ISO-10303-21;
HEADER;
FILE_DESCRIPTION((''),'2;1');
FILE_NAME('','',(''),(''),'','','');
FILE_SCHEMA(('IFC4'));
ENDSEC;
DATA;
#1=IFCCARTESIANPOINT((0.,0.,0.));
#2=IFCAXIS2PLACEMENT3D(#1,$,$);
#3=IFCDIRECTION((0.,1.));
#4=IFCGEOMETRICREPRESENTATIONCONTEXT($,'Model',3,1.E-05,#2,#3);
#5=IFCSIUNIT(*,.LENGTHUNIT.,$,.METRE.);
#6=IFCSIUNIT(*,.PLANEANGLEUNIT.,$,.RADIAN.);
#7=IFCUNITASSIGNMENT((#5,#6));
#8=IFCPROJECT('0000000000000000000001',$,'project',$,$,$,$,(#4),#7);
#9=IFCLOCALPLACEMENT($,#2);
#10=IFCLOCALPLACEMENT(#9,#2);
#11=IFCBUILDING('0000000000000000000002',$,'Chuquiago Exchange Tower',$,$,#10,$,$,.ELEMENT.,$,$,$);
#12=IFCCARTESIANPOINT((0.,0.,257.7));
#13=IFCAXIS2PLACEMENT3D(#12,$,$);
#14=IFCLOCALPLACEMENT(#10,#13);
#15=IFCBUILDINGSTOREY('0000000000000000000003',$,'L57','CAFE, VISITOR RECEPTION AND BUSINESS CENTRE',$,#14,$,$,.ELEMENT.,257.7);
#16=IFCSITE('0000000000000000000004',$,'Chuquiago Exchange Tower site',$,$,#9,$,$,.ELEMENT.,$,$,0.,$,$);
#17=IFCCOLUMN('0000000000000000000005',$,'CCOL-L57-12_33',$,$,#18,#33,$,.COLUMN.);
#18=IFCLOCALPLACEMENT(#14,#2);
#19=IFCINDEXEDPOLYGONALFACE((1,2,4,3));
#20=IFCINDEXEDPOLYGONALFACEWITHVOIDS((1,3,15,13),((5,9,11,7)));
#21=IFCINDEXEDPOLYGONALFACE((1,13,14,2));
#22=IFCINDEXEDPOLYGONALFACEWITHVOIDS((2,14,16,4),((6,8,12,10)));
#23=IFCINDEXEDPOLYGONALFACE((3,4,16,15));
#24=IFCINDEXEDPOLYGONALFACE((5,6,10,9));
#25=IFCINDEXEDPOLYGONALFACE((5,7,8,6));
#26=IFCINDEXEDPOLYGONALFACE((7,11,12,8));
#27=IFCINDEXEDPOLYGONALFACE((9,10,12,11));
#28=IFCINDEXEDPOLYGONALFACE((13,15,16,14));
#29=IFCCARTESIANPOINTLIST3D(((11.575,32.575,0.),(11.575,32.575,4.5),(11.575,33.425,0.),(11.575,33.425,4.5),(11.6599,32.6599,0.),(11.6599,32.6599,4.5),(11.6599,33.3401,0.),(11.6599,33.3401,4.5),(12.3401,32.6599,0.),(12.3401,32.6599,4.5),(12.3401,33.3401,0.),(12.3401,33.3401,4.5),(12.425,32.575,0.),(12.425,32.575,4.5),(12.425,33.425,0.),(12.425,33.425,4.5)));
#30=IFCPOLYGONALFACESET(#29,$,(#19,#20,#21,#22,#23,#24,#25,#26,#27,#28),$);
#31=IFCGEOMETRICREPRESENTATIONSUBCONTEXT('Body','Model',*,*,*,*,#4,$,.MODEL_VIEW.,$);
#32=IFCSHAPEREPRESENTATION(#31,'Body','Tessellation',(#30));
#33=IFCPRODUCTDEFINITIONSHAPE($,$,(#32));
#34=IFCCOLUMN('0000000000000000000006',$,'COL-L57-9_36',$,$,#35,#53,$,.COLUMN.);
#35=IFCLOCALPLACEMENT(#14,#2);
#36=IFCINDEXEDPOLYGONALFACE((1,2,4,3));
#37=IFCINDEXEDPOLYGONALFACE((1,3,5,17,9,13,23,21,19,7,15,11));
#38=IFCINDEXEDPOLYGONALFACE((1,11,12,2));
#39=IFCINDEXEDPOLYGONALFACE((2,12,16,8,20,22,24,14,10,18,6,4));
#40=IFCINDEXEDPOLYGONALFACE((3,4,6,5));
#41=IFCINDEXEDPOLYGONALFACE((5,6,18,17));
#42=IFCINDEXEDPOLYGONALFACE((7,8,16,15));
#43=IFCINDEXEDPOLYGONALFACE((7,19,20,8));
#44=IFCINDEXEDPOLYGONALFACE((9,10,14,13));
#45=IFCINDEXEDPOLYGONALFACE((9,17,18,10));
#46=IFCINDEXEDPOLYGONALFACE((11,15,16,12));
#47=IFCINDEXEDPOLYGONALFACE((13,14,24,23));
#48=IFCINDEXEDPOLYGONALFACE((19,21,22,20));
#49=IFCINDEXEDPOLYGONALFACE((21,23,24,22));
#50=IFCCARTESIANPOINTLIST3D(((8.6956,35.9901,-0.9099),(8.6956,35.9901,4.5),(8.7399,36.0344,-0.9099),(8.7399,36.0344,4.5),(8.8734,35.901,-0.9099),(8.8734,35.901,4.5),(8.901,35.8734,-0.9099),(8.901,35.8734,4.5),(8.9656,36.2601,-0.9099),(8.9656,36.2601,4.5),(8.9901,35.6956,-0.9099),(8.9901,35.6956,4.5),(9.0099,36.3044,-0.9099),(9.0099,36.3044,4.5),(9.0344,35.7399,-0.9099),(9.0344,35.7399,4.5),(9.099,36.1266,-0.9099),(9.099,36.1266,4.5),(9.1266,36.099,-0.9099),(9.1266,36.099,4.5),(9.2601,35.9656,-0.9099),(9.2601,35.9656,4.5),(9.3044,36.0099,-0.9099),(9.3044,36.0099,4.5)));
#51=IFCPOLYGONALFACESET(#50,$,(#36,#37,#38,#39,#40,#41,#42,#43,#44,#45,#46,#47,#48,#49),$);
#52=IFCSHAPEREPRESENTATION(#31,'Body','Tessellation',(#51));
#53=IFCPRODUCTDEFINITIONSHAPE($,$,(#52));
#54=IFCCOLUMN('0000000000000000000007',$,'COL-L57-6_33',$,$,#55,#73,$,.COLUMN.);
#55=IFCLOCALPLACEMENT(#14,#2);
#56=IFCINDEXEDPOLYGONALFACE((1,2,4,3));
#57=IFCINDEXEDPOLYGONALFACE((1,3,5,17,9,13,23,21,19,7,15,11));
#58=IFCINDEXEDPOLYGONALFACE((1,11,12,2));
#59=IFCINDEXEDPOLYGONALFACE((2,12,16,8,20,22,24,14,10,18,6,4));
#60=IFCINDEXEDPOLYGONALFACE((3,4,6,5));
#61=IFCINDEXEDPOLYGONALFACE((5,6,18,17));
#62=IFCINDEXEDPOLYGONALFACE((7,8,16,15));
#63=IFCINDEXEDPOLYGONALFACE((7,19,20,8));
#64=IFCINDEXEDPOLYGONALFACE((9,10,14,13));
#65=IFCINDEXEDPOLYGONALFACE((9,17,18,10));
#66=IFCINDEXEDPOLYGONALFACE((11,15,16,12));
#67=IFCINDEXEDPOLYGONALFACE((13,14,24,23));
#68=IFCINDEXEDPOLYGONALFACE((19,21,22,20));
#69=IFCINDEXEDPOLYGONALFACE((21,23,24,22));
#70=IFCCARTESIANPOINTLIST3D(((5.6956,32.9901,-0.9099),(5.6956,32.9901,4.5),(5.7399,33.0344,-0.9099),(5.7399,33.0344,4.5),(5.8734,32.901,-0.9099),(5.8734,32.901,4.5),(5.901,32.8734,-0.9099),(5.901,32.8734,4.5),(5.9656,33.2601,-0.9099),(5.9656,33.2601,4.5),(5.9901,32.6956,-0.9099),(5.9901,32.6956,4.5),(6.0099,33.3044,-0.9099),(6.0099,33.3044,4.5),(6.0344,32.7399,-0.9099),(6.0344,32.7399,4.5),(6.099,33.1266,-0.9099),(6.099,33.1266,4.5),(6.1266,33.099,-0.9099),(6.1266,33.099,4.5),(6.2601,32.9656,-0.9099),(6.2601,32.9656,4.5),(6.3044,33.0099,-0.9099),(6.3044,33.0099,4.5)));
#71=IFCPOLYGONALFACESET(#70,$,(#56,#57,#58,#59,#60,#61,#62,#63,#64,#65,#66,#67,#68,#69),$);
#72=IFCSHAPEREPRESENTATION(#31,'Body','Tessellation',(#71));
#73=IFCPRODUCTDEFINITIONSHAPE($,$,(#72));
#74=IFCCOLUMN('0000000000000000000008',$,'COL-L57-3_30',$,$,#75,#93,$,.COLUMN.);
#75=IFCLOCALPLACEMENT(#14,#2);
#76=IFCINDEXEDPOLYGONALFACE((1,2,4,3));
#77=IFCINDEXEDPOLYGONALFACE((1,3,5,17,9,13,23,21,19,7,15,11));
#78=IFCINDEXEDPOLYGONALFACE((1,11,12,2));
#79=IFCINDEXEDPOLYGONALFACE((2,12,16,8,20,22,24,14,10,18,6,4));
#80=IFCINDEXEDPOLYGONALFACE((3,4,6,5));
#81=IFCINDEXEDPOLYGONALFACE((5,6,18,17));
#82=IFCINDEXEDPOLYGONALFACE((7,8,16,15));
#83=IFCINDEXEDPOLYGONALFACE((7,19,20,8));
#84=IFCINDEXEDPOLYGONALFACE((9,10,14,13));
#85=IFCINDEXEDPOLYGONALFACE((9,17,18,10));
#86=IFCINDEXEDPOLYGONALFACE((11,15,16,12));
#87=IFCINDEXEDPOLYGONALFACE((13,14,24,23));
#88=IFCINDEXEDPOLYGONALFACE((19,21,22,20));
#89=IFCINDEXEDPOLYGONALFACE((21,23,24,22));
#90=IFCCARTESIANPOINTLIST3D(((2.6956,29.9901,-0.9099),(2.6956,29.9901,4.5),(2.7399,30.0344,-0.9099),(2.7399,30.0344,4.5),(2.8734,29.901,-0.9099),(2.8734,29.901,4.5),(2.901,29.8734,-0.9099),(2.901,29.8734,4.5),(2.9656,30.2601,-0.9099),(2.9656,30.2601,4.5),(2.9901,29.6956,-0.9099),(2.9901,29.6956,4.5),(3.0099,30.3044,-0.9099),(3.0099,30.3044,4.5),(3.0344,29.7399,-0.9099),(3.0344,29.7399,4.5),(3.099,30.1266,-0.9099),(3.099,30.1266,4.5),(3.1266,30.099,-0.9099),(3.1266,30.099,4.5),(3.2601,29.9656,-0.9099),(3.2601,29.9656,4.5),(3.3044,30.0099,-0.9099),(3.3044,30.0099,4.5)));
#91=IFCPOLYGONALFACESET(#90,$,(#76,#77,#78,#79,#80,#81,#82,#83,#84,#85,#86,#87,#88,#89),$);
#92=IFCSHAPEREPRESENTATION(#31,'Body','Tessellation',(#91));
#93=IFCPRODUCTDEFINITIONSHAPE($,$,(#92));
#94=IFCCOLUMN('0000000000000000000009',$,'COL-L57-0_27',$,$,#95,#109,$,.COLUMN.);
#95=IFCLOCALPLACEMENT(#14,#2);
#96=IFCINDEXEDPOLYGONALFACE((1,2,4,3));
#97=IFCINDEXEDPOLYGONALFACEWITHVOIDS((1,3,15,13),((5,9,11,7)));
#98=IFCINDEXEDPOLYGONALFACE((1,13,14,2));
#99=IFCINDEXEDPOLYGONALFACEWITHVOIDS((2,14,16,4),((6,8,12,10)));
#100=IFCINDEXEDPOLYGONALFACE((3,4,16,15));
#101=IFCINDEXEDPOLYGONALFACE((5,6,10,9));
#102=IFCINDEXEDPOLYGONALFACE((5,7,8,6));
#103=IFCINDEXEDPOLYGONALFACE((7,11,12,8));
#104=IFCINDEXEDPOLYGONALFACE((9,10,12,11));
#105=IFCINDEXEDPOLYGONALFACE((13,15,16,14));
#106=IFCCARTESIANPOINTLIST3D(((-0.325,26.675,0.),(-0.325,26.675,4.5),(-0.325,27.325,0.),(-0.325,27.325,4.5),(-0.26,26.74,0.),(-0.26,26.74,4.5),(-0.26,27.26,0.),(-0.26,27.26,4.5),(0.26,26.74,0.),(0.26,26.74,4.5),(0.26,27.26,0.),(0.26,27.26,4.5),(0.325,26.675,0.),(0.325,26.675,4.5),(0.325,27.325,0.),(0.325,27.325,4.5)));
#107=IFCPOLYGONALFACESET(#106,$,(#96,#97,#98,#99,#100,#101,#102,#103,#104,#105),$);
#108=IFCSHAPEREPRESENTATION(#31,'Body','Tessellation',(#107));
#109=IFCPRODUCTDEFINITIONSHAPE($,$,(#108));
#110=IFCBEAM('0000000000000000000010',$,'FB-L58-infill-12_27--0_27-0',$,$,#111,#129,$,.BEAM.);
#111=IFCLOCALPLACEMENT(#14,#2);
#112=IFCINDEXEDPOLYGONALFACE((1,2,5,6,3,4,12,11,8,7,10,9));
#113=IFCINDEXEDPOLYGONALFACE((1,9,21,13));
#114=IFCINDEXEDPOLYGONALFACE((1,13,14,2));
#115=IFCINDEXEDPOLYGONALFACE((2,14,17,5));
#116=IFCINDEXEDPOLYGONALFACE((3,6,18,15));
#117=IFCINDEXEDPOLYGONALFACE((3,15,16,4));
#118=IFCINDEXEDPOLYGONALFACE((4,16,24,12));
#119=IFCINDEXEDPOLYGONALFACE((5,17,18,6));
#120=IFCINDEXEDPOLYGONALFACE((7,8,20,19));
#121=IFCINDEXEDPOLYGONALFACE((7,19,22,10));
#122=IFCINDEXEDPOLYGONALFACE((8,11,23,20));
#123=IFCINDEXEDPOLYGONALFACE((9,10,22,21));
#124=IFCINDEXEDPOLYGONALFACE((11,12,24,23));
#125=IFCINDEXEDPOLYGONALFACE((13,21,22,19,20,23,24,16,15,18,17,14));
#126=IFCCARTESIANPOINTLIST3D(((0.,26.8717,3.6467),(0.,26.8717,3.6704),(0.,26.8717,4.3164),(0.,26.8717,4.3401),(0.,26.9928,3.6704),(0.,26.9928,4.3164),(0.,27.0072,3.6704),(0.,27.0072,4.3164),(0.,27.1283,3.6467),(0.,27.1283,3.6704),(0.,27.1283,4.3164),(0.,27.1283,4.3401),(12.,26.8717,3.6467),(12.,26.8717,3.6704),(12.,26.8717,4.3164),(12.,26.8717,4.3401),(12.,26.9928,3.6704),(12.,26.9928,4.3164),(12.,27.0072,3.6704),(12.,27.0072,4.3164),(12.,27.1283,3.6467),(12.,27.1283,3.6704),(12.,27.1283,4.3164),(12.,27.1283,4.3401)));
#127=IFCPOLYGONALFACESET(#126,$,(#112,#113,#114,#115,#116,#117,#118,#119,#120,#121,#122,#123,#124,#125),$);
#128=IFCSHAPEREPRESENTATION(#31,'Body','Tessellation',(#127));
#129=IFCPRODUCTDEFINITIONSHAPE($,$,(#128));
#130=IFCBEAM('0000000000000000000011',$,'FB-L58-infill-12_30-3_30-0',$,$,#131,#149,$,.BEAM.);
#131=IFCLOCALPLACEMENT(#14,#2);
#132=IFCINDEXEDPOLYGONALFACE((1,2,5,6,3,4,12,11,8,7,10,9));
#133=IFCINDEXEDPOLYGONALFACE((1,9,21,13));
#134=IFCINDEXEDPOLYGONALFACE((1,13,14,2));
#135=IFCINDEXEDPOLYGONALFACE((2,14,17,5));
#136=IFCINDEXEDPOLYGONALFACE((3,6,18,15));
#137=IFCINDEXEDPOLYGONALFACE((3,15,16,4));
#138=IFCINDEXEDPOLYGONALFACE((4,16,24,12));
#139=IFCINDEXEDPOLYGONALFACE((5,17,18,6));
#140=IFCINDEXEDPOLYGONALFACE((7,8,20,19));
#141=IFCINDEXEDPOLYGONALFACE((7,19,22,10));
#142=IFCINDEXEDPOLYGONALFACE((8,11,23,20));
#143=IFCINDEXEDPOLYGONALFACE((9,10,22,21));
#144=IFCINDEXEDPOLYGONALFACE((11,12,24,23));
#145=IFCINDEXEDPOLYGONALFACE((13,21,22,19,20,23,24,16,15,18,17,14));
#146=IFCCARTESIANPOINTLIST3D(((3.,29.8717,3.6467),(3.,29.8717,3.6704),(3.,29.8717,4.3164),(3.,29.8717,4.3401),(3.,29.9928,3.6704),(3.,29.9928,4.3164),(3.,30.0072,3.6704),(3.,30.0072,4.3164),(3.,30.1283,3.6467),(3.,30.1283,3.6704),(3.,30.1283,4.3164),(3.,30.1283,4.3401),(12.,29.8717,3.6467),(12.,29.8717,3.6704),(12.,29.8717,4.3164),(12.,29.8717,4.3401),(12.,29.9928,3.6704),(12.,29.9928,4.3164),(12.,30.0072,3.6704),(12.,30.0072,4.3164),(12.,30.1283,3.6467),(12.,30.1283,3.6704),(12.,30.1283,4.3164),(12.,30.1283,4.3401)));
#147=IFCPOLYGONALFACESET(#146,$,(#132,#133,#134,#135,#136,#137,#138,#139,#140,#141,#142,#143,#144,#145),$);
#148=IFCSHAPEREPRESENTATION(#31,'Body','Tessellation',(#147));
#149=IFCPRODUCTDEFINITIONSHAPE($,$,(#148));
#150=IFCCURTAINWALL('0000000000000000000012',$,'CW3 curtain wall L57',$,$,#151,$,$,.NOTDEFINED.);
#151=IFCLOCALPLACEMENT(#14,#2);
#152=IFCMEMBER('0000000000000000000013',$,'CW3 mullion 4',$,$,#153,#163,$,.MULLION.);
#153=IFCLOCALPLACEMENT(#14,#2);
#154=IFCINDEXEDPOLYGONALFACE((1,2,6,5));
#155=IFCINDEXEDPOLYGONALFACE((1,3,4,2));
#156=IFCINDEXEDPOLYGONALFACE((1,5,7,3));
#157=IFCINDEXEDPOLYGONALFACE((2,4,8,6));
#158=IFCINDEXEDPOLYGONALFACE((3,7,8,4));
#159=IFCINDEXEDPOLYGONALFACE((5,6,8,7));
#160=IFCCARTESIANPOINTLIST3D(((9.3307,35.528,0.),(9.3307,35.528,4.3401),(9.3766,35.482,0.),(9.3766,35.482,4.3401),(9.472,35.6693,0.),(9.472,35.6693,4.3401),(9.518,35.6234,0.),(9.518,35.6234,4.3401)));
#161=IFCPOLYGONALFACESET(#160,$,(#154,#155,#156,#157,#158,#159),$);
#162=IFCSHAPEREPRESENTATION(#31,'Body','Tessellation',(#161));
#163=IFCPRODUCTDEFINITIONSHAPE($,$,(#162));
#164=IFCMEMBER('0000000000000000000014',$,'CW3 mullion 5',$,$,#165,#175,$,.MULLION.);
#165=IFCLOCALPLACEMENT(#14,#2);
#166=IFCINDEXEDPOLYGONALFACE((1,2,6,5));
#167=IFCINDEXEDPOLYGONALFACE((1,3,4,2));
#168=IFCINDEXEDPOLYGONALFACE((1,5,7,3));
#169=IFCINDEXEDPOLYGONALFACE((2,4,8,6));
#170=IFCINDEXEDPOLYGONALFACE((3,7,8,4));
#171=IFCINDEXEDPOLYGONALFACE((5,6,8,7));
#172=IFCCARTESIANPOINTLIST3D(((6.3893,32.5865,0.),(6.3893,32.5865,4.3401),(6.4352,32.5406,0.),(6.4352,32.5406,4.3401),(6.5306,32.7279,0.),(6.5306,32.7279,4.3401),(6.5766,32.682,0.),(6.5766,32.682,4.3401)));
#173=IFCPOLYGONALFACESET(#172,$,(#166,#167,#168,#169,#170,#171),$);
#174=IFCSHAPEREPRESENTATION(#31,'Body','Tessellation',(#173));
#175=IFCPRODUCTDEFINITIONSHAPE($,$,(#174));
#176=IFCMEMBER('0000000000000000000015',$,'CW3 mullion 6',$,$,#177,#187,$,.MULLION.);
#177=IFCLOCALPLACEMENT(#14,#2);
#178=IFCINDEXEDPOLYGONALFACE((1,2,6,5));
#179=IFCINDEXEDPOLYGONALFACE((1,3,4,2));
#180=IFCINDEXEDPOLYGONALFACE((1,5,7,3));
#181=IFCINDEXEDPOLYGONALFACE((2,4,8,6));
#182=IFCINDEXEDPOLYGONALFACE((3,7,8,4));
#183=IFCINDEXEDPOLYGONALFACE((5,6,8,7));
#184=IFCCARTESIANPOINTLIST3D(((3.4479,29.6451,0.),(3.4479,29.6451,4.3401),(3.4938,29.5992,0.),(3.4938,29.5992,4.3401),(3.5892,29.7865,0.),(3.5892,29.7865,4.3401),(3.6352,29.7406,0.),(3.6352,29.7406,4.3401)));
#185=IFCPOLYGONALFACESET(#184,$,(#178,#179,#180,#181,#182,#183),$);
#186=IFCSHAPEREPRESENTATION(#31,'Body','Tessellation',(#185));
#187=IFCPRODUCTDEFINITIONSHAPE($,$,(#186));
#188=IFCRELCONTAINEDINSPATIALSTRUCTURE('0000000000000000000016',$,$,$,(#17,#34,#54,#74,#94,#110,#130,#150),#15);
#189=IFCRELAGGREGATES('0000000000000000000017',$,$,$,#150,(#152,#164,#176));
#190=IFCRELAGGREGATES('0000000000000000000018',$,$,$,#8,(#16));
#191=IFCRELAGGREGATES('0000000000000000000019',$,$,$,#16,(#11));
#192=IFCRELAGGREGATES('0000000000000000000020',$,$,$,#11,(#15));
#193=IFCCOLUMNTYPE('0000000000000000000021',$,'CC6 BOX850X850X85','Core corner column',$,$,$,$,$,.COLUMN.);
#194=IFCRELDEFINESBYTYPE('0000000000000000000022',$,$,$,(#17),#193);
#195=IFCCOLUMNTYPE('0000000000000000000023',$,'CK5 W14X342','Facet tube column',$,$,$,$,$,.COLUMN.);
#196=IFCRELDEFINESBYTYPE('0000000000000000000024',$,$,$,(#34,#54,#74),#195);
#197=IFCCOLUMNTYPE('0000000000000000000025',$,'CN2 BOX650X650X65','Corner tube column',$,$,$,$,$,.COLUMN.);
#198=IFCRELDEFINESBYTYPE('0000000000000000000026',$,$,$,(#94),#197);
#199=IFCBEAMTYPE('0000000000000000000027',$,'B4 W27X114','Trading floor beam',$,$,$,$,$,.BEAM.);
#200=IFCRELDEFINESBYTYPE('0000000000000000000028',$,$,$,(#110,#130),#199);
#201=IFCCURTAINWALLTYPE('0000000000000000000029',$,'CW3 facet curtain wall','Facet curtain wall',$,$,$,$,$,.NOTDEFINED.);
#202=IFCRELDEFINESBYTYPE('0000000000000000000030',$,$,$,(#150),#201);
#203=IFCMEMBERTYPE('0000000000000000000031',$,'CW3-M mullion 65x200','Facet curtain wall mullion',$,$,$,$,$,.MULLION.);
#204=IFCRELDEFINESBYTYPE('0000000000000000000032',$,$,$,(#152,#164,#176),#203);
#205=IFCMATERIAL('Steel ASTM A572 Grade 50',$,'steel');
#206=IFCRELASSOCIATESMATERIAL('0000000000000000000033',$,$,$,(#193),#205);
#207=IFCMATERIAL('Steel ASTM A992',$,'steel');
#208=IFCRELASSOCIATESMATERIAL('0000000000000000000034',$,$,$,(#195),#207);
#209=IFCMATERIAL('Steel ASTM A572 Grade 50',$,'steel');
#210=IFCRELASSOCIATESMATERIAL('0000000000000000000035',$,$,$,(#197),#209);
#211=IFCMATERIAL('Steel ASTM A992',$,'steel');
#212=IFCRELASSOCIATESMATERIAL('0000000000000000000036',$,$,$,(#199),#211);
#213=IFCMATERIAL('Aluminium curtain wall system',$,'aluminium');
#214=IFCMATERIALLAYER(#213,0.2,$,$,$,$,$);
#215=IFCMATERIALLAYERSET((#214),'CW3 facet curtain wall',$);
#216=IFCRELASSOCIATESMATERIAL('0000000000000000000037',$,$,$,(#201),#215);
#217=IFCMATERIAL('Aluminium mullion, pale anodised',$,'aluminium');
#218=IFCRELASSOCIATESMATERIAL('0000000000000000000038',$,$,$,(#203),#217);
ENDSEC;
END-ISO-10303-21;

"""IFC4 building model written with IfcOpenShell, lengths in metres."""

from ifc_helpers import new_model, si_unit, direction, frame, origin, origin_2d, place, context, subcontext, project, spatial, rectangle, hollow_rectangle, i_section, extrude, material, layer, layer_set, material_profile, profile_set, type_object, element, aggregate, save


model = new_model("IFC4")

# Units and contexts
model_context = context("Model", 3, precision=1e-05, world=origin(), true_north=direction((0.0, 1.0)))
body_context = subcontext(model_context, "Body", "Model", "MODEL_VIEW")
ifc_project = project(units=[si_unit("LENGTHUNIT", "METRE"), si_unit("PLANEANGLEUNIT", "RADIAN")], contexts=[model_context])

# Site, building, storey
site_placement = place(None, origin())
site = spatial("IfcSite", under=ifc_project, at=site_placement, Name="Chuquiago Exchange Tower site", CompositionType="ELEMENT", RefElevation=0.0)
building_placement = place(site_placement, origin())
building = spatial("IfcBuilding", under=site, at=building_placement, Name="Chuquiago Exchange Tower", CompositionType="ELEMENT")
storey_placement = place(building_placement, frame((0.0, 0.0, 257.7)))
storey = spatial("IfcBuildingStorey", under=building, at=storey_placement, Name="L57", Description="CAFE, VISITOR RECEPTION AND BUSINESS CENTRE", CompositionType="ELEMENT", Elevation=257.7)

# Columns
ifc_material_1 = material(Name="Steel ASTM A572 Grade 50", Category="steel")
ifc_material_profile_1 = material_profile(ifc_material_1, hollow_rectangle(XDim=0.8501, YDim=0.8501, WallThickness=0.085, at=origin_2d()), Name="BOX850X850X85")
ifc_profile_set_1 = profile_set([ifc_material_profile_1], Name="Steel ASTM A572 Grade 50")
column_type_1 = type_object("IfcColumnType", Name="CC6 BOX850X850X85", Description="Core corner column", PredefinedType="COLUMN", material=ifc_profile_set_1)
column_1_placement = place(storey_placement, frame((12.0, 33.0, 0.0), z_axis=(0.0, 0.0, 1.0), x_axis=(1.0, 0.0, 0.0)))
element("IfcColumn", 1, at=column_1_placement, inside=storey, type_object=column_type_1, Name="CCOL-L57-12_33", PredefinedType="COLUMN", context=body_context, shape_type="SweptSolid", body=[
    extrude(hollow_rectangle(XDim=0.8501, YDim=0.8501, WallThickness=0.085, at=origin_2d()), origin(), (0.0, 0.0, 1.0), 4.5),
])
ifc_material_2 = material(Name="Steel ASTM A992", Category="steel")
ifc_material_profile_2 = material_profile(ifc_material_2, i_section(OverallWidth=0.4165, OverallDepth=0.4446, WebThickness=0.0391, FlangeThickness=0.0627, at=origin_2d()), Name="W14X342")
ifc_profile_set_2 = profile_set([ifc_material_profile_2], Name="Steel ASTM A992")
column_type_2 = type_object("IfcColumnType", Name="CK5 W14X342", Description="Facet tube column", PredefinedType="COLUMN", material=ifc_profile_set_2)
for number, where, z_axis, x_axis, name in (
    (2, (9.0, 36.0, -0.9099), (0.0, 0.0, 1.0), (-0.707107, 0.707107, 0.0), "COL-L57-9_36"),
    (3, (6.0, 33.0, -0.9099), (0.0, 0.0, 1.0), (-0.707107, 0.707107, 0.0), "COL-L57-6_33"),
    (4, (3.0, 30.0, -0.9099), (0.0, 0.0, 1.0), (-0.707107, 0.707107, 0.0), "COL-L57-3_30"),
):
    element("IfcColumn", number, at=place(storey_placement, frame(where, z_axis=z_axis, x_axis=x_axis)), inside=storey, type_object=column_type_2, Name=name, PredefinedType="COLUMN", context=body_context, shape_type="SweptSolid", body=[
        extrude(i_section(OverallWidth=0.4165, OverallDepth=0.4446, WebThickness=0.0391, FlangeThickness=0.0627, at=origin_2d()), origin(), (0.0, 0.0, 1.0), 5.4099),
    ])
ifc_material_3 = material(Name="Steel ASTM A572 Grade 50", Category="steel")
ifc_material_profile_3 = material_profile(ifc_material_3, hollow_rectangle(XDim=0.6499, YDim=0.6499, WallThickness=0.0649, at=origin_2d()), Name="BOX650X650X65")
ifc_profile_set_3 = profile_set([ifc_material_profile_3], Name="Steel ASTM A572 Grade 50")
column_type_3 = type_object("IfcColumnType", Name="CN2 BOX650X650X65", Description="Corner tube column", PredefinedType="COLUMN", material=ifc_profile_set_3)
column_2_placement = place(storey_placement, frame((0.0, 27.0, 0.0), z_axis=(0.0, 0.0, 1.0), x_axis=(-1.0, 0.0, 0.0)))
element("IfcColumn", 5, at=column_2_placement, inside=storey, type_object=column_type_3, Name="COL-L57-0_27", PredefinedType="COLUMN", context=body_context, shape_type="SweptSolid", body=[
    extrude(hollow_rectangle(XDim=0.6499, YDim=0.6499, WallThickness=0.0649, at=origin_2d()), origin(), (0.0, 0.0, 1.0), 4.5),
])

# Beams
ifc_material_4 = material(Name="Steel ASTM A992", Category="steel")
ifc_material_profile_4 = material_profile(ifc_material_4, i_section(OverallWidth=0.2566, OverallDepth=0.6934, WebThickness=0.0144, FlangeThickness=0.0237, at=origin_2d()), Name="W27X114")
ifc_profile_set_4 = profile_set([ifc_material_profile_4], Name="Steel ASTM A992")
beam_type_1 = type_object("IfcBeamType", Name="B4 W27X114", Description="Trading floor beam", PredefinedType="BEAM", material=ifc_profile_set_4)
beam_1_placement = place(storey_placement, frame((12.0, 27.0, 3.9934), z_axis=(-1.0, 0.0, 0.0), x_axis=(0.0, -1.0, 0.0)))
element("IfcBeam", 6, at=beam_1_placement, inside=storey, type_object=beam_type_1, Name="FB-L58-infill-12_27--0_27-0", PredefinedType="BEAM", context=body_context, shape_type="SweptSolid", body=[
    extrude(i_section(OverallWidth=0.2566, OverallDepth=0.6934, WebThickness=0.0144, FlangeThickness=0.0237, at=origin_2d()), origin(), (0.0, 0.0, 1.0), 12.0),
])
beam_2_placement = place(storey_placement, frame((12.0, 30.0, 3.9934), z_axis=(-1.0, 0.0, 0.0), x_axis=(0.0, -1.0, 0.0)))
element("IfcBeam", 7, at=beam_2_placement, inside=storey, type_object=beam_type_1, Name="FB-L58-infill-12_30-3_30-0", PredefinedType="BEAM", context=body_context, shape_type="SweptSolid", body=[
    extrude(i_section(OverallWidth=0.2566, OverallDepth=0.6934, WebThickness=0.0144, FlangeThickness=0.0237, at=origin_2d()), origin(), (0.0, 0.0, 1.0), 9.0),
])

# Curtain wall, members
ifc_material_5 = material(Name="Aluminium curtain wall system", Category="aluminium")
ifc_layer_1 = layer(ifc_material_5, 0.2)
ifc_layer_set_1 = layer_set([ifc_layer_1], Name="CW3 facet curtain wall")
curtain_wall_type = type_object("IfcCurtainWallType", Name="CW3 facet curtain wall", Description="Facet curtain wall", PredefinedType="NOTDEFINED", material=ifc_layer_set_1)
curtain_wall_placement = place(storey_placement, origin())
curtain_wall = element("IfcCurtainWall", 8, at=curtain_wall_placement, inside=storey, type_object=curtain_wall_type, Name="CW3 curtain wall L57", PredefinedType="NOTDEFINED")
ifc_material_6 = material(Name="Aluminium mullion, pale anodised", Category="aluminium")
ifc_material_profile_5 = material_profile(ifc_material_6, rectangle(XDim=0.0649, YDim=0.2, at=origin_2d()), Name="AL 65x200")
ifc_profile_set_5 = profile_set([ifc_material_profile_5], Name="Aluminium mullion, pale anodised")
member_type_1 = type_object("IfcMemberType", Name="CW3-M mullion 65x200", Description="Facet curtain wall mullion", PredefinedType="MULLION", material=ifc_profile_set_5)
member_1_placement = place(storey_placement, frame((9.4243, 35.5757, 0.0), z_axis=(0.0, 0.0, 1.0), x_axis=(0.707107, -0.707107, 0.0)))
member_1 = element("IfcMember", 9, at=member_1_placement, type_object=member_type_1, Name="CW3 mullion 4", PredefinedType="MULLION", context=body_context, shape_type="SweptSolid", body=[
    extrude(rectangle(XDim=0.0649, YDim=0.2, at=origin_2d()), origin(), (0.0, 0.0, 1.0), 4.3401),
])
member_2_placement = place(storey_placement, frame((6.4829, 32.6343, 0.0), z_axis=(0.0, 0.0, 1.0), x_axis=(0.707107, -0.707107, 0.0)))
member_2 = element("IfcMember", 10, at=member_2_placement, type_object=member_type_1, Name="CW3 mullion 5", PredefinedType="MULLION", context=body_context, shape_type="SweptSolid", body=[
    extrude(rectangle(XDim=0.0649, YDim=0.2, at=origin_2d()), origin(), (0.0, 0.0, 1.0), 4.3401),
])
member_3_placement = place(storey_placement, frame((3.5415, 29.6929, 0.0), z_axis=(0.0, 0.0, 1.0), x_axis=(0.707107, -0.707107, 0.0)))
member_3 = element("IfcMember", 11, at=member_3_placement, type_object=member_type_1, Name="CW3 mullion 6", PredefinedType="MULLION", context=body_context, shape_type="SweptSolid", body=[
    extrude(rectangle(XDim=0.0649, YDim=0.2, at=origin_2d()), origin(), (0.0, 0.0, 1.0), 4.3401),
])

aggregate(curtain_wall, [member_1, member_2, member_3])

save(model, "model.ifc")
